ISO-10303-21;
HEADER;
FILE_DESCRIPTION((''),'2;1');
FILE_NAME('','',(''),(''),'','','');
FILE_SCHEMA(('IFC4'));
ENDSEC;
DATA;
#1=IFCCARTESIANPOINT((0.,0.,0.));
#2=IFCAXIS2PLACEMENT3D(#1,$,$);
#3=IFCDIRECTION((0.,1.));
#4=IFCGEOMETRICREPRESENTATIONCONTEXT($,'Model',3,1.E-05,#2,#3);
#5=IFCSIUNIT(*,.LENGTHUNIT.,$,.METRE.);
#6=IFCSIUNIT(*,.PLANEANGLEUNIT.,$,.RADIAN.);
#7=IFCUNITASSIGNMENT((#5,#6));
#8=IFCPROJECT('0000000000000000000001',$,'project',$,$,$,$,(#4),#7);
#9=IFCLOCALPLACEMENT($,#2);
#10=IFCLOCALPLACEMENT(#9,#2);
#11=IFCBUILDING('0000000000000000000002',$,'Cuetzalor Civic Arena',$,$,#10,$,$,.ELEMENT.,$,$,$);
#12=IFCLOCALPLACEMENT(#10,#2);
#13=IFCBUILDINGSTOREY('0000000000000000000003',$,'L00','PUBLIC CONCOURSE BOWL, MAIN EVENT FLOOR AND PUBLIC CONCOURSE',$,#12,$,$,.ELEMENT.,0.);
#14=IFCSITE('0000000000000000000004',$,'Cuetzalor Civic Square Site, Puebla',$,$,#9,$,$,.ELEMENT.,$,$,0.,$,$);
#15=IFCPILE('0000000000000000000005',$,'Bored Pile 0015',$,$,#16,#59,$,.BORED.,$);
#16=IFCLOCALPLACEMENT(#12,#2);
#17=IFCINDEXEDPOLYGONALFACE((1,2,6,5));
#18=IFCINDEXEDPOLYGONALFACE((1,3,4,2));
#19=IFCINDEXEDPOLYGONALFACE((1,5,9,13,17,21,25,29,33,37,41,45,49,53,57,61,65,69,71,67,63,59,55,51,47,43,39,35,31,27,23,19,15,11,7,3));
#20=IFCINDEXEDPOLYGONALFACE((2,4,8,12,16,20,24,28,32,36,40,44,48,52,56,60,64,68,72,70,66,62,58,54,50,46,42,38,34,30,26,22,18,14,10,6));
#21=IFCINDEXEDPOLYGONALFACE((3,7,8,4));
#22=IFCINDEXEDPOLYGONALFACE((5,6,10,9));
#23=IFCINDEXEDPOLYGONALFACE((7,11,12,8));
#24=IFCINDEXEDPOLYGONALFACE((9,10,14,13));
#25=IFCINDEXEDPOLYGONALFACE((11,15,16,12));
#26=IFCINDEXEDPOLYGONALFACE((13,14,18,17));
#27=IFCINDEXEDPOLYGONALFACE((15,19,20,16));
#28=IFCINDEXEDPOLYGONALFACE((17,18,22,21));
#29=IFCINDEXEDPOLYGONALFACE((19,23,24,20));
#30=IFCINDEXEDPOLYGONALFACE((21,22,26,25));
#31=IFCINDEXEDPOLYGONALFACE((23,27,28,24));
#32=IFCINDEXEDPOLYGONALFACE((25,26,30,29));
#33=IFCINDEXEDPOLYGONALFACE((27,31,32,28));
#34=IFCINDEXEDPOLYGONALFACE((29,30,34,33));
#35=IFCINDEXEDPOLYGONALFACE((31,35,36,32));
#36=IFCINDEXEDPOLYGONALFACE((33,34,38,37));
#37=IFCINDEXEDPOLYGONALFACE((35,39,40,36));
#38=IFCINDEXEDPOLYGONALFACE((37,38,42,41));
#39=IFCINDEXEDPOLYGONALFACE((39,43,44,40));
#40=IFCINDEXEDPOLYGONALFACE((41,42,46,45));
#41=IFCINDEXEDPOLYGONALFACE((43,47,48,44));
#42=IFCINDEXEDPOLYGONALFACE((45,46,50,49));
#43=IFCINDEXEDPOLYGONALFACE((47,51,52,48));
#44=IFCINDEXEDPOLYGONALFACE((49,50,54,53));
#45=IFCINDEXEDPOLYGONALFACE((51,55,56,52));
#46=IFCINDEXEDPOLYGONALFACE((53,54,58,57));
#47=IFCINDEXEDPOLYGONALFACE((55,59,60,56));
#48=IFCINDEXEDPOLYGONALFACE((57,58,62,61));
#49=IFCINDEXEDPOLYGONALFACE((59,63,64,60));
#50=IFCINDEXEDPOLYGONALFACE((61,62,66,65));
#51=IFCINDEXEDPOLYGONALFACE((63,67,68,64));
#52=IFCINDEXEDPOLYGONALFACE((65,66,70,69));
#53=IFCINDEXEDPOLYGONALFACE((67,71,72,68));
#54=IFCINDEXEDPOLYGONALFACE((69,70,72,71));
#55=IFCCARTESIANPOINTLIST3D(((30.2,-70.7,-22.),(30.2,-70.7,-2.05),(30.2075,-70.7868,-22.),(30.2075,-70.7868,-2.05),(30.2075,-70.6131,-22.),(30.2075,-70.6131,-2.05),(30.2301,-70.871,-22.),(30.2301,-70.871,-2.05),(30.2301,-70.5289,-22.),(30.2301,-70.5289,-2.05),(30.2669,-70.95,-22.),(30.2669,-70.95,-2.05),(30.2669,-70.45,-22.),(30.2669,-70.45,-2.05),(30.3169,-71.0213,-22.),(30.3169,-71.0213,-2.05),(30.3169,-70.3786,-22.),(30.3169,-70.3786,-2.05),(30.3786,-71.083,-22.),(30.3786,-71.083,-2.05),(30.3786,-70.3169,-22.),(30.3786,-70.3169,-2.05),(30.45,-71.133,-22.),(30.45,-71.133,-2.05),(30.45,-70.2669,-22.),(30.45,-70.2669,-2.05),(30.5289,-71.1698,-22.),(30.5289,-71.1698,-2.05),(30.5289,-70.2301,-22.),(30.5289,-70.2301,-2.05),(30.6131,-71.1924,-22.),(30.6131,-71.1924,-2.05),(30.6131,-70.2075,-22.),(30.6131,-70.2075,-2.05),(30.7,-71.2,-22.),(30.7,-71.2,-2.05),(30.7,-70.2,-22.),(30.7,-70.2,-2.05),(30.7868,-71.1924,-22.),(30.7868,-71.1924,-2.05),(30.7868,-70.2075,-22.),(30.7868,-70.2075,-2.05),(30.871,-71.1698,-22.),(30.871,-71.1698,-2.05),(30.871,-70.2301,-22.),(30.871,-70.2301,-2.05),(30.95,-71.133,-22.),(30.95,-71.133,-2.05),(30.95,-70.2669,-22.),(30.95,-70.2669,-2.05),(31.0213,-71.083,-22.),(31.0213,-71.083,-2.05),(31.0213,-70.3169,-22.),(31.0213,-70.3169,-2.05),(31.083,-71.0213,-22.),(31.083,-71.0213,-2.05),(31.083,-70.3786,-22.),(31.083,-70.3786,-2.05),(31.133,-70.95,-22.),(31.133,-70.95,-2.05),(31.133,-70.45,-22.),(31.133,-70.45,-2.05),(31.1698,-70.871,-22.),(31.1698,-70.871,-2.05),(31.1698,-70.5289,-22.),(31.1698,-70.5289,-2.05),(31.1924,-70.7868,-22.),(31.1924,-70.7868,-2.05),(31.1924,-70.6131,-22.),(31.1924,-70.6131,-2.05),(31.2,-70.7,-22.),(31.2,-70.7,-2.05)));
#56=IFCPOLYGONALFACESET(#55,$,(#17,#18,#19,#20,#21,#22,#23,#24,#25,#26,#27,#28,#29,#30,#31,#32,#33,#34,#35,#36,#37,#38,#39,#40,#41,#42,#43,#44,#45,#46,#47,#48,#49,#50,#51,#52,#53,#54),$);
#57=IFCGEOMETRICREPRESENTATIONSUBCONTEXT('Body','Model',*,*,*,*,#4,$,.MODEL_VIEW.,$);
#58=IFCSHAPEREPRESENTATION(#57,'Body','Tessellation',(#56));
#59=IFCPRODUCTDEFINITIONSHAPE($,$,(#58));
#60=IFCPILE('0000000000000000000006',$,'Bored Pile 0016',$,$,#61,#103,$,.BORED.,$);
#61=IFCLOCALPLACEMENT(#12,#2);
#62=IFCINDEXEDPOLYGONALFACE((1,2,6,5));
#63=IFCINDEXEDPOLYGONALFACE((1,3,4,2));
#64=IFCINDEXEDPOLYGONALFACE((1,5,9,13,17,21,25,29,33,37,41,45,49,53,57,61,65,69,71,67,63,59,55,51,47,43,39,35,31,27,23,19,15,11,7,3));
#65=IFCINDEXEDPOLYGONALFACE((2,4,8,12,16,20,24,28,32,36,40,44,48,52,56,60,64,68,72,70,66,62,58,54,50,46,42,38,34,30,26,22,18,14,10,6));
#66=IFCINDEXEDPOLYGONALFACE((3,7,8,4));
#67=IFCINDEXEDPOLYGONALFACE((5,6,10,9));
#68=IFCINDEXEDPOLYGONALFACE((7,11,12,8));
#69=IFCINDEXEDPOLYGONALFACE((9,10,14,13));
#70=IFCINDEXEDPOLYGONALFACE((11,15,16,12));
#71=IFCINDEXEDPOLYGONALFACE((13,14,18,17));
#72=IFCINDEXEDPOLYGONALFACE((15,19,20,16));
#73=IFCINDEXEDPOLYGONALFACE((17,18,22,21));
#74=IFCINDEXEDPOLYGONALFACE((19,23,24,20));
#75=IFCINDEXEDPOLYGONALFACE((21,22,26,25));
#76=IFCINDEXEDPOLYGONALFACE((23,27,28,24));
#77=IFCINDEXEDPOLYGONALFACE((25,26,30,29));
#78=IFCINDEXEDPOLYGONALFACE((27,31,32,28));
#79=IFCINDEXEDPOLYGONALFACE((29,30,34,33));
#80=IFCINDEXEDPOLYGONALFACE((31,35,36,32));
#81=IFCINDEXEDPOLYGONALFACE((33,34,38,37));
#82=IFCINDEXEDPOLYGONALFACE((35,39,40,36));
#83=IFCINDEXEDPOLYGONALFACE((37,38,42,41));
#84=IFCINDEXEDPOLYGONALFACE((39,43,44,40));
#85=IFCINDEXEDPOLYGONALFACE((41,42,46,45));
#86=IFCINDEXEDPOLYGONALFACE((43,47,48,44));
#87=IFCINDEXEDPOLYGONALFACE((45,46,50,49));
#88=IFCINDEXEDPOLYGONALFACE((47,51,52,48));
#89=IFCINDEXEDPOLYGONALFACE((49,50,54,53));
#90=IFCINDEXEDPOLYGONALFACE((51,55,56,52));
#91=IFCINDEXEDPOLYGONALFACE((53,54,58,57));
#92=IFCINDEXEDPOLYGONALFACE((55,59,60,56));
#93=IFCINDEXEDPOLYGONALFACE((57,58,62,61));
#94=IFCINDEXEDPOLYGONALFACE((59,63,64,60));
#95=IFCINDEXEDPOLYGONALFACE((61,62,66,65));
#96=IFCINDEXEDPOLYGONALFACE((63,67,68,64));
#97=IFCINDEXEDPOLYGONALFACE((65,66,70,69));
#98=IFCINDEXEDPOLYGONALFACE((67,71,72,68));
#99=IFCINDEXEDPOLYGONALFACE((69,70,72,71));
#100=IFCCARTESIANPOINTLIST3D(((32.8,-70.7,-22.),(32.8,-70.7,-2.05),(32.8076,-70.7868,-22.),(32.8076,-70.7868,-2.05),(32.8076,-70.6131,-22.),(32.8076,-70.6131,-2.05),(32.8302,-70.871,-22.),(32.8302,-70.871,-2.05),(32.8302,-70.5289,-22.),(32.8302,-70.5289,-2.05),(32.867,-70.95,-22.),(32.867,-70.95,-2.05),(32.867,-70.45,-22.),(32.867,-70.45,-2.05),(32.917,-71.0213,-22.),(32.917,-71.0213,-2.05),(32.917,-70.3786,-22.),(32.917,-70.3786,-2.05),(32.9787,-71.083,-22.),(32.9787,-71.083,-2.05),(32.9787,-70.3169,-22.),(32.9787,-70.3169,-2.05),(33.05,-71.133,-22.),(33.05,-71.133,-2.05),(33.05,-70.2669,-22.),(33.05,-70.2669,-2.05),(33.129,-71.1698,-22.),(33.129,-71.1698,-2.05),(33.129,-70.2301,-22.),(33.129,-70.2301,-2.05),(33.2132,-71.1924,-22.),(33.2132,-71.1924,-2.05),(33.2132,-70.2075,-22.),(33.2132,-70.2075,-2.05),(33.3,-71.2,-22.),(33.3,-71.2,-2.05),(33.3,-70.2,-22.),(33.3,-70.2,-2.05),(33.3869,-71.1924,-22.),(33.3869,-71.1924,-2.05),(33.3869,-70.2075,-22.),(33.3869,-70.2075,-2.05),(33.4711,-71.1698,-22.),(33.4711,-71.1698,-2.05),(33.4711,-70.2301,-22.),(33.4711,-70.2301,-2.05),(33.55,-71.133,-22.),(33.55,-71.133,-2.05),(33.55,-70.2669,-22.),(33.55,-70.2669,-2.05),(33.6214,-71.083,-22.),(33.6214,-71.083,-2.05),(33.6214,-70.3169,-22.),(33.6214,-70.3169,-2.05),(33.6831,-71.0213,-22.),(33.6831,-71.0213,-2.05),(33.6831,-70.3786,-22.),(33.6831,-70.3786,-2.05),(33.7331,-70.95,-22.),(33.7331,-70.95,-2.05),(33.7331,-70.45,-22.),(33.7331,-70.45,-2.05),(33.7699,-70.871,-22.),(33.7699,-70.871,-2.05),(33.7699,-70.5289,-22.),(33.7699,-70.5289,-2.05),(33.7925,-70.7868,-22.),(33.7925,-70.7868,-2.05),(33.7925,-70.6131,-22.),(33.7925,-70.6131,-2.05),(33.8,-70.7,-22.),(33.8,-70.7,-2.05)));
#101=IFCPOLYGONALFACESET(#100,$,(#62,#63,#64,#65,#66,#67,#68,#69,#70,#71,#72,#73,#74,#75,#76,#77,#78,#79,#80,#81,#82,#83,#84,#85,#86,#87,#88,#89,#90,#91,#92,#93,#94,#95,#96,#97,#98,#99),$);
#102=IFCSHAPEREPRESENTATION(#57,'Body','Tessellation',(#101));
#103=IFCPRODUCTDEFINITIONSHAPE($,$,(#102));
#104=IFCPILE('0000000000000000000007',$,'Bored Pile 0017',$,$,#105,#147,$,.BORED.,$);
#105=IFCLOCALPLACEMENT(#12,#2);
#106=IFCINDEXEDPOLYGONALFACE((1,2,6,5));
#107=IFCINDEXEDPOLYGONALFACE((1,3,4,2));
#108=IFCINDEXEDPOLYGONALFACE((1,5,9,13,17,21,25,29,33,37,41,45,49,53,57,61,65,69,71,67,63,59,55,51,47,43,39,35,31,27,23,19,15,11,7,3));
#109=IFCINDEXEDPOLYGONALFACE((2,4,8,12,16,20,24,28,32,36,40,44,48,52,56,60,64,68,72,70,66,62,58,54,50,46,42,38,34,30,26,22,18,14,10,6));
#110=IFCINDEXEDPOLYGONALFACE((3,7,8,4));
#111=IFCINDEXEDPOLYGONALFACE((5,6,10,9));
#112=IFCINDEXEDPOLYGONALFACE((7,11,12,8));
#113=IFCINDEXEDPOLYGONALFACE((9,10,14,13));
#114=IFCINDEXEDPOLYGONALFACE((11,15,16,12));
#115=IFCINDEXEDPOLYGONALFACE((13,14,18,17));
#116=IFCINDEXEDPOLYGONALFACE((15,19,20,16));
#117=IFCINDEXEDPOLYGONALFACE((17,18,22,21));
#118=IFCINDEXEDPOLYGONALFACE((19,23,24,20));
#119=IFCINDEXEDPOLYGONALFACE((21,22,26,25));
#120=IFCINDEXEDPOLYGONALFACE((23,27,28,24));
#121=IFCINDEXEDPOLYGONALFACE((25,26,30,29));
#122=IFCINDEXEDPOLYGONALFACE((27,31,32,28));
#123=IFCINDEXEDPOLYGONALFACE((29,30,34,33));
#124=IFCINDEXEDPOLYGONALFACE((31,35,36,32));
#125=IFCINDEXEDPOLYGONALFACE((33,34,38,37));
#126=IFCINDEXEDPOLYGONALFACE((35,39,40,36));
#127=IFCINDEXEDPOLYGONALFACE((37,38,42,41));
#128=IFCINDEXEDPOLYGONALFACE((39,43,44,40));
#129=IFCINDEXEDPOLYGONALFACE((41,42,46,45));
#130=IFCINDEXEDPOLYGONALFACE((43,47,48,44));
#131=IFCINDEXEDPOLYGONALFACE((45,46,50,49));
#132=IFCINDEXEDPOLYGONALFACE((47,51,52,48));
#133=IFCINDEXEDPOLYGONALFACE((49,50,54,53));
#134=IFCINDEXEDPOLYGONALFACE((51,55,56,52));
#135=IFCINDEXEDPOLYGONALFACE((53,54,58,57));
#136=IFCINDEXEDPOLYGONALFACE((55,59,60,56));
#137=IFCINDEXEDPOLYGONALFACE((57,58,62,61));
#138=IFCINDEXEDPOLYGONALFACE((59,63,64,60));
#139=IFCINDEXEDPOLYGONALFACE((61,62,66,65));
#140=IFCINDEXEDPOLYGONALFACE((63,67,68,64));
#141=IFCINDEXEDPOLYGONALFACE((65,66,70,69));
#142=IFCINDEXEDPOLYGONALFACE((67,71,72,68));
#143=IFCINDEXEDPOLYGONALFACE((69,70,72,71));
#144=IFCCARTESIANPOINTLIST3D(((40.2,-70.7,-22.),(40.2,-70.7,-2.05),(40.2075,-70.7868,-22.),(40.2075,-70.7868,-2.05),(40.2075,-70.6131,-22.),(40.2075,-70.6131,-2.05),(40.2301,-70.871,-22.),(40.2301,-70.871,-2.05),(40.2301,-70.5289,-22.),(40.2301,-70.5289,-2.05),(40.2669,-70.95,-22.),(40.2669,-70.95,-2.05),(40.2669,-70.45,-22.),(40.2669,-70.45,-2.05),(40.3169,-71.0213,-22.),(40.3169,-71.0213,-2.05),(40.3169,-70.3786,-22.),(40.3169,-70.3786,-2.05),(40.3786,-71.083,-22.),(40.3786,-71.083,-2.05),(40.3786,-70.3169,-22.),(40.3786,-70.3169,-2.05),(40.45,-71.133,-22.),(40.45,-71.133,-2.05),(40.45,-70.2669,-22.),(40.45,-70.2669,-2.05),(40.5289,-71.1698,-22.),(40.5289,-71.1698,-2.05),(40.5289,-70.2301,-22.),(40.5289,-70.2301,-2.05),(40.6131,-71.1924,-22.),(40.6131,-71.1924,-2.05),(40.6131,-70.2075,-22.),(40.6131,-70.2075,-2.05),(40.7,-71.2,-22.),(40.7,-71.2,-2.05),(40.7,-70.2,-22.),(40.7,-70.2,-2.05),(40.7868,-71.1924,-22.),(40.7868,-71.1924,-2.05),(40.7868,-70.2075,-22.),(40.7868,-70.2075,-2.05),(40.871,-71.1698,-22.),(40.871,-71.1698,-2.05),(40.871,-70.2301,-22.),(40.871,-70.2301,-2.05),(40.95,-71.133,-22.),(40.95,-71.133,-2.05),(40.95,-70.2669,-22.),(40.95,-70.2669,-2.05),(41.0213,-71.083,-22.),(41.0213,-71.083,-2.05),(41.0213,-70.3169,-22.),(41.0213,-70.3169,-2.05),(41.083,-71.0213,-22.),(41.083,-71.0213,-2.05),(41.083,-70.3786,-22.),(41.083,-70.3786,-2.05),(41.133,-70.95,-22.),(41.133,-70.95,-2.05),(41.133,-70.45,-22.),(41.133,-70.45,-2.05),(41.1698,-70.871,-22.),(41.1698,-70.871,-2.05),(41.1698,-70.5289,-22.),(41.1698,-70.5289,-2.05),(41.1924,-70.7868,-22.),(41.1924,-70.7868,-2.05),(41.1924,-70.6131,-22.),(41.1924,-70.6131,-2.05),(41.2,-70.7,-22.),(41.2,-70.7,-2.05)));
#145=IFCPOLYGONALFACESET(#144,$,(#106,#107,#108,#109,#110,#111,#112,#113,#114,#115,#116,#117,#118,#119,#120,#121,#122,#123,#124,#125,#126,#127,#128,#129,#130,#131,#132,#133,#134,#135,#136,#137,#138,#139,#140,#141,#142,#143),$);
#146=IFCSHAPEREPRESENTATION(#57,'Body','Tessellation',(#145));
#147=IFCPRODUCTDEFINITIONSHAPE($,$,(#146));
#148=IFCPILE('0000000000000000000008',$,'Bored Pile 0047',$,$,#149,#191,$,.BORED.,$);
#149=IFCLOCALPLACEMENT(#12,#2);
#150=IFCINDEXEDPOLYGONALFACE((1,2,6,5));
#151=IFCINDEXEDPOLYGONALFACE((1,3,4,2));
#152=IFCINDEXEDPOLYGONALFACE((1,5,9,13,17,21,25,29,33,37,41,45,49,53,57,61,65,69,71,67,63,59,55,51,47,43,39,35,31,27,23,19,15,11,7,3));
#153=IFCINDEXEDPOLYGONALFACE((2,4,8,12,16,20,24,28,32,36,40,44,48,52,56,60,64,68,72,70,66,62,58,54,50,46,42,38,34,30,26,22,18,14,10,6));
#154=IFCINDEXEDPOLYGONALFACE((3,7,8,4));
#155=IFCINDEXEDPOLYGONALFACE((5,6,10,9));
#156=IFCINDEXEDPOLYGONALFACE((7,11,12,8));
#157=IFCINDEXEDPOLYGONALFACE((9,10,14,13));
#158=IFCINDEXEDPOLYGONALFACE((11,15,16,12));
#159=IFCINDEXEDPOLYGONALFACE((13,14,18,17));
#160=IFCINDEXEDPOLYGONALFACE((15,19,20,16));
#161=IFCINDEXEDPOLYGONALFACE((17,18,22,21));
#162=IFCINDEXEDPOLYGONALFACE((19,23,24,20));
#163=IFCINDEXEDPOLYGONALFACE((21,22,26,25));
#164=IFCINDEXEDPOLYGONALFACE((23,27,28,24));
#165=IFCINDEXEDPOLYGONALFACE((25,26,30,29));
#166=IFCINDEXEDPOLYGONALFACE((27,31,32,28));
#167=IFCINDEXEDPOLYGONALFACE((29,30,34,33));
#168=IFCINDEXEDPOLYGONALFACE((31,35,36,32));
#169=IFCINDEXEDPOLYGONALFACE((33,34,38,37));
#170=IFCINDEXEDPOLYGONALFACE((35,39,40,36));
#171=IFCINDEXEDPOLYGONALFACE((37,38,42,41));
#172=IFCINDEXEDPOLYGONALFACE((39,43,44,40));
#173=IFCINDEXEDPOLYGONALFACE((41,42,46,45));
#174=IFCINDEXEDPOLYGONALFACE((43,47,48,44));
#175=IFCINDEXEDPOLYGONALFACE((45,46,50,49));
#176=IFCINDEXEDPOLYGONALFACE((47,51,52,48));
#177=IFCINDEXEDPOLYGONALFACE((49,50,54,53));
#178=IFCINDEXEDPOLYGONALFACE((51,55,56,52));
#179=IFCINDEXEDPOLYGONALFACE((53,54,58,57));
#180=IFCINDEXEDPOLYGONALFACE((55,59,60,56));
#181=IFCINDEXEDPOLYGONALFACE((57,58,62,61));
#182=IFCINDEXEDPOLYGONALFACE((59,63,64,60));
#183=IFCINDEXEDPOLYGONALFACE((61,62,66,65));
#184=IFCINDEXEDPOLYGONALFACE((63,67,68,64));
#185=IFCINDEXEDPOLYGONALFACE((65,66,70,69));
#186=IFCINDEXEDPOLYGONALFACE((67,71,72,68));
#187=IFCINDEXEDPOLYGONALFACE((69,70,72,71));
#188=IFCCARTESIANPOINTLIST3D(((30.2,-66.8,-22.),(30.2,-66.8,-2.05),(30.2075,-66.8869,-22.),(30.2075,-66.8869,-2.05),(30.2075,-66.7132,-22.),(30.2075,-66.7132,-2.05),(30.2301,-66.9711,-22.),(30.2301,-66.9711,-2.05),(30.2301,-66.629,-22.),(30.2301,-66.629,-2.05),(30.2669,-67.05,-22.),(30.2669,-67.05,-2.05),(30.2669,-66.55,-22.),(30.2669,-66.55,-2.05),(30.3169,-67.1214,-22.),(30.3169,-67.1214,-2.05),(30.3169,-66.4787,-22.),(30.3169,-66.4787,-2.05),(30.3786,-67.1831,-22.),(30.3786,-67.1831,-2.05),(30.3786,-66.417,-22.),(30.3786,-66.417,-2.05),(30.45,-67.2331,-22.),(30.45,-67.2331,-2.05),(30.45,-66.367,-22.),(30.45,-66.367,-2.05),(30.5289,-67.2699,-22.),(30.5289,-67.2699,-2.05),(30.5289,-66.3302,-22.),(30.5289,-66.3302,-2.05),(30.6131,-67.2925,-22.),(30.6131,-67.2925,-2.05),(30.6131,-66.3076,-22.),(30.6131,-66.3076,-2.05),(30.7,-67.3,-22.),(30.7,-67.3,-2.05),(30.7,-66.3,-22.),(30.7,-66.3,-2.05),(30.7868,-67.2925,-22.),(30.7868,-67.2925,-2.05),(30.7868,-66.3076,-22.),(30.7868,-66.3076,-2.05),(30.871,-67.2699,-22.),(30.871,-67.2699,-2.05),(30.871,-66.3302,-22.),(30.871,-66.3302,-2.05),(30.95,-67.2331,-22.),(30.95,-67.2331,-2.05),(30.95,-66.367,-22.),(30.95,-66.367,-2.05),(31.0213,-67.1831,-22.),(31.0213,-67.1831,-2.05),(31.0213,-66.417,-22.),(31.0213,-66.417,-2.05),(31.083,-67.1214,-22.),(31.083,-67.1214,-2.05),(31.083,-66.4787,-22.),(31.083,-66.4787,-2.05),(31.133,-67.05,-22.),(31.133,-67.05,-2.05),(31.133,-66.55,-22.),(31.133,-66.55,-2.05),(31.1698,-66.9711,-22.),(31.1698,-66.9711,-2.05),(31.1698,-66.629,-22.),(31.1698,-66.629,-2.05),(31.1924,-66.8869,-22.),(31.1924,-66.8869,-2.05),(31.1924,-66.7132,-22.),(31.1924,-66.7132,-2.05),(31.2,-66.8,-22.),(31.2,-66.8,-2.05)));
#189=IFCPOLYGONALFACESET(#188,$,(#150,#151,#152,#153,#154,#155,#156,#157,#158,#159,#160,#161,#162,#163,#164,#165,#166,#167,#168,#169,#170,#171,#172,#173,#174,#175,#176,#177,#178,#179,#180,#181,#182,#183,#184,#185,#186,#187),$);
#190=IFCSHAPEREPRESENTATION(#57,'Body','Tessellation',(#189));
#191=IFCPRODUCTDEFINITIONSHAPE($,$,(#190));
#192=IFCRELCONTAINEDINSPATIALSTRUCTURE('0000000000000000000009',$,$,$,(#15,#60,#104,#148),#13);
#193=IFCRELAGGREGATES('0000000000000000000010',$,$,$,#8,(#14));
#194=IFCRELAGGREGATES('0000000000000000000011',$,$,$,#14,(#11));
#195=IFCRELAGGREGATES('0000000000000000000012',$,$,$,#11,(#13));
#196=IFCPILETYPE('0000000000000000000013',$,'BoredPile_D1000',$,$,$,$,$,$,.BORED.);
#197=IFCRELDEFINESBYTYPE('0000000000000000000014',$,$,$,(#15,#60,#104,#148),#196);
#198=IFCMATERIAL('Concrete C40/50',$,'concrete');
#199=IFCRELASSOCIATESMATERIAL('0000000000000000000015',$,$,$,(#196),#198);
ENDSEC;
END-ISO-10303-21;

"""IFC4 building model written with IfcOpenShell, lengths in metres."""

from ifc_helpers import new_model, si_unit, direction, frame, origin, origin_2d, place, context, subcontext, project, spatial, circle, extrude, material, material_profile, profile_set, type_object, element, save


model = new_model("IFC4")

# Units and contexts
model_context = context("Model", 3, precision=1e-05, world=origin(), true_north=direction((0.0, 1.0)))
body_context = subcontext(model_context, "Body", "Model", "MODEL_VIEW")
ifc_project = project(units=[si_unit("LENGTHUNIT", "METRE"), si_unit("PLANEANGLEUNIT", "RADIAN")], contexts=[model_context])

# Site, building, storey
site_placement = place(None, origin())
site = spatial("IfcSite", under=ifc_project, at=site_placement, Name="Cuetzalor Civic Square Site, Puebla", CompositionType="ELEMENT", RefElevation=0.0)
building_placement = place(site_placement, origin())
building = spatial("IfcBuilding", under=site, at=building_placement, Name="Cuetzalor Civic Arena", CompositionType="ELEMENT")
storey_placement = place(building_placement, origin())
storey = spatial("IfcBuildingStorey", under=building, at=storey_placement, Name="L00", Description="PUBLIC CONCOURSE BOWL, MAIN EVENT FLOOR AND PUBLIC CONCOURSE", CompositionType="ELEMENT", Elevation=0.0)

# Piles
ifc_material_1 = material(Name="Concrete C40/50", Category="concrete")
ifc_material_profile_1 = material_profile(ifc_material_1, circle(Radius=0.5, at=origin_2d()), Name="BORED PILE D1000")
ifc_profile_set_1 = profile_set([ifc_material_profile_1], Name="Concrete C40/50")
pile_type = type_object("IfcPileType", Name="BoredPile_D1000", PredefinedType="BORED", material=ifc_profile_set_1)
for number, where, z_axis, x_axis, name in (
    (1, (30.7, -70.7, -2.05), (0.0, 0.0, -1.0), (1.0, 0.0, 0.0), "Bored Pile 0015"),
    (2, (33.3, -70.7, -2.05), (0.0, 0.0, -1.0), (1.0, 0.0, 0.0), "Bored Pile 0016"),
    (3, (40.7, -70.7, -2.05), (0.0, 0.0, -1.0), (1.0, 0.0, 0.0), "Bored Pile 0017"),
    (4, (30.7, -66.8, -2.05), (0.0, 0.0, -1.0), (1.0, 0.0, 0.0), "Bored Pile 0047"),
):
    element("IfcPile", number, at=place(storey_placement, frame(where, z_axis=z_axis, x_axis=x_axis)), inside=storey, type_object=pile_type, Name=name, PredefinedType="BORED", context=body_context, shape_type="SweptSolid", body=[
        extrude(circle(Radius=0.5, at=origin_2d()), origin(), (0.0, 0.0, 1.0), 19.95),
    ])

save(model, "model.ifc")
